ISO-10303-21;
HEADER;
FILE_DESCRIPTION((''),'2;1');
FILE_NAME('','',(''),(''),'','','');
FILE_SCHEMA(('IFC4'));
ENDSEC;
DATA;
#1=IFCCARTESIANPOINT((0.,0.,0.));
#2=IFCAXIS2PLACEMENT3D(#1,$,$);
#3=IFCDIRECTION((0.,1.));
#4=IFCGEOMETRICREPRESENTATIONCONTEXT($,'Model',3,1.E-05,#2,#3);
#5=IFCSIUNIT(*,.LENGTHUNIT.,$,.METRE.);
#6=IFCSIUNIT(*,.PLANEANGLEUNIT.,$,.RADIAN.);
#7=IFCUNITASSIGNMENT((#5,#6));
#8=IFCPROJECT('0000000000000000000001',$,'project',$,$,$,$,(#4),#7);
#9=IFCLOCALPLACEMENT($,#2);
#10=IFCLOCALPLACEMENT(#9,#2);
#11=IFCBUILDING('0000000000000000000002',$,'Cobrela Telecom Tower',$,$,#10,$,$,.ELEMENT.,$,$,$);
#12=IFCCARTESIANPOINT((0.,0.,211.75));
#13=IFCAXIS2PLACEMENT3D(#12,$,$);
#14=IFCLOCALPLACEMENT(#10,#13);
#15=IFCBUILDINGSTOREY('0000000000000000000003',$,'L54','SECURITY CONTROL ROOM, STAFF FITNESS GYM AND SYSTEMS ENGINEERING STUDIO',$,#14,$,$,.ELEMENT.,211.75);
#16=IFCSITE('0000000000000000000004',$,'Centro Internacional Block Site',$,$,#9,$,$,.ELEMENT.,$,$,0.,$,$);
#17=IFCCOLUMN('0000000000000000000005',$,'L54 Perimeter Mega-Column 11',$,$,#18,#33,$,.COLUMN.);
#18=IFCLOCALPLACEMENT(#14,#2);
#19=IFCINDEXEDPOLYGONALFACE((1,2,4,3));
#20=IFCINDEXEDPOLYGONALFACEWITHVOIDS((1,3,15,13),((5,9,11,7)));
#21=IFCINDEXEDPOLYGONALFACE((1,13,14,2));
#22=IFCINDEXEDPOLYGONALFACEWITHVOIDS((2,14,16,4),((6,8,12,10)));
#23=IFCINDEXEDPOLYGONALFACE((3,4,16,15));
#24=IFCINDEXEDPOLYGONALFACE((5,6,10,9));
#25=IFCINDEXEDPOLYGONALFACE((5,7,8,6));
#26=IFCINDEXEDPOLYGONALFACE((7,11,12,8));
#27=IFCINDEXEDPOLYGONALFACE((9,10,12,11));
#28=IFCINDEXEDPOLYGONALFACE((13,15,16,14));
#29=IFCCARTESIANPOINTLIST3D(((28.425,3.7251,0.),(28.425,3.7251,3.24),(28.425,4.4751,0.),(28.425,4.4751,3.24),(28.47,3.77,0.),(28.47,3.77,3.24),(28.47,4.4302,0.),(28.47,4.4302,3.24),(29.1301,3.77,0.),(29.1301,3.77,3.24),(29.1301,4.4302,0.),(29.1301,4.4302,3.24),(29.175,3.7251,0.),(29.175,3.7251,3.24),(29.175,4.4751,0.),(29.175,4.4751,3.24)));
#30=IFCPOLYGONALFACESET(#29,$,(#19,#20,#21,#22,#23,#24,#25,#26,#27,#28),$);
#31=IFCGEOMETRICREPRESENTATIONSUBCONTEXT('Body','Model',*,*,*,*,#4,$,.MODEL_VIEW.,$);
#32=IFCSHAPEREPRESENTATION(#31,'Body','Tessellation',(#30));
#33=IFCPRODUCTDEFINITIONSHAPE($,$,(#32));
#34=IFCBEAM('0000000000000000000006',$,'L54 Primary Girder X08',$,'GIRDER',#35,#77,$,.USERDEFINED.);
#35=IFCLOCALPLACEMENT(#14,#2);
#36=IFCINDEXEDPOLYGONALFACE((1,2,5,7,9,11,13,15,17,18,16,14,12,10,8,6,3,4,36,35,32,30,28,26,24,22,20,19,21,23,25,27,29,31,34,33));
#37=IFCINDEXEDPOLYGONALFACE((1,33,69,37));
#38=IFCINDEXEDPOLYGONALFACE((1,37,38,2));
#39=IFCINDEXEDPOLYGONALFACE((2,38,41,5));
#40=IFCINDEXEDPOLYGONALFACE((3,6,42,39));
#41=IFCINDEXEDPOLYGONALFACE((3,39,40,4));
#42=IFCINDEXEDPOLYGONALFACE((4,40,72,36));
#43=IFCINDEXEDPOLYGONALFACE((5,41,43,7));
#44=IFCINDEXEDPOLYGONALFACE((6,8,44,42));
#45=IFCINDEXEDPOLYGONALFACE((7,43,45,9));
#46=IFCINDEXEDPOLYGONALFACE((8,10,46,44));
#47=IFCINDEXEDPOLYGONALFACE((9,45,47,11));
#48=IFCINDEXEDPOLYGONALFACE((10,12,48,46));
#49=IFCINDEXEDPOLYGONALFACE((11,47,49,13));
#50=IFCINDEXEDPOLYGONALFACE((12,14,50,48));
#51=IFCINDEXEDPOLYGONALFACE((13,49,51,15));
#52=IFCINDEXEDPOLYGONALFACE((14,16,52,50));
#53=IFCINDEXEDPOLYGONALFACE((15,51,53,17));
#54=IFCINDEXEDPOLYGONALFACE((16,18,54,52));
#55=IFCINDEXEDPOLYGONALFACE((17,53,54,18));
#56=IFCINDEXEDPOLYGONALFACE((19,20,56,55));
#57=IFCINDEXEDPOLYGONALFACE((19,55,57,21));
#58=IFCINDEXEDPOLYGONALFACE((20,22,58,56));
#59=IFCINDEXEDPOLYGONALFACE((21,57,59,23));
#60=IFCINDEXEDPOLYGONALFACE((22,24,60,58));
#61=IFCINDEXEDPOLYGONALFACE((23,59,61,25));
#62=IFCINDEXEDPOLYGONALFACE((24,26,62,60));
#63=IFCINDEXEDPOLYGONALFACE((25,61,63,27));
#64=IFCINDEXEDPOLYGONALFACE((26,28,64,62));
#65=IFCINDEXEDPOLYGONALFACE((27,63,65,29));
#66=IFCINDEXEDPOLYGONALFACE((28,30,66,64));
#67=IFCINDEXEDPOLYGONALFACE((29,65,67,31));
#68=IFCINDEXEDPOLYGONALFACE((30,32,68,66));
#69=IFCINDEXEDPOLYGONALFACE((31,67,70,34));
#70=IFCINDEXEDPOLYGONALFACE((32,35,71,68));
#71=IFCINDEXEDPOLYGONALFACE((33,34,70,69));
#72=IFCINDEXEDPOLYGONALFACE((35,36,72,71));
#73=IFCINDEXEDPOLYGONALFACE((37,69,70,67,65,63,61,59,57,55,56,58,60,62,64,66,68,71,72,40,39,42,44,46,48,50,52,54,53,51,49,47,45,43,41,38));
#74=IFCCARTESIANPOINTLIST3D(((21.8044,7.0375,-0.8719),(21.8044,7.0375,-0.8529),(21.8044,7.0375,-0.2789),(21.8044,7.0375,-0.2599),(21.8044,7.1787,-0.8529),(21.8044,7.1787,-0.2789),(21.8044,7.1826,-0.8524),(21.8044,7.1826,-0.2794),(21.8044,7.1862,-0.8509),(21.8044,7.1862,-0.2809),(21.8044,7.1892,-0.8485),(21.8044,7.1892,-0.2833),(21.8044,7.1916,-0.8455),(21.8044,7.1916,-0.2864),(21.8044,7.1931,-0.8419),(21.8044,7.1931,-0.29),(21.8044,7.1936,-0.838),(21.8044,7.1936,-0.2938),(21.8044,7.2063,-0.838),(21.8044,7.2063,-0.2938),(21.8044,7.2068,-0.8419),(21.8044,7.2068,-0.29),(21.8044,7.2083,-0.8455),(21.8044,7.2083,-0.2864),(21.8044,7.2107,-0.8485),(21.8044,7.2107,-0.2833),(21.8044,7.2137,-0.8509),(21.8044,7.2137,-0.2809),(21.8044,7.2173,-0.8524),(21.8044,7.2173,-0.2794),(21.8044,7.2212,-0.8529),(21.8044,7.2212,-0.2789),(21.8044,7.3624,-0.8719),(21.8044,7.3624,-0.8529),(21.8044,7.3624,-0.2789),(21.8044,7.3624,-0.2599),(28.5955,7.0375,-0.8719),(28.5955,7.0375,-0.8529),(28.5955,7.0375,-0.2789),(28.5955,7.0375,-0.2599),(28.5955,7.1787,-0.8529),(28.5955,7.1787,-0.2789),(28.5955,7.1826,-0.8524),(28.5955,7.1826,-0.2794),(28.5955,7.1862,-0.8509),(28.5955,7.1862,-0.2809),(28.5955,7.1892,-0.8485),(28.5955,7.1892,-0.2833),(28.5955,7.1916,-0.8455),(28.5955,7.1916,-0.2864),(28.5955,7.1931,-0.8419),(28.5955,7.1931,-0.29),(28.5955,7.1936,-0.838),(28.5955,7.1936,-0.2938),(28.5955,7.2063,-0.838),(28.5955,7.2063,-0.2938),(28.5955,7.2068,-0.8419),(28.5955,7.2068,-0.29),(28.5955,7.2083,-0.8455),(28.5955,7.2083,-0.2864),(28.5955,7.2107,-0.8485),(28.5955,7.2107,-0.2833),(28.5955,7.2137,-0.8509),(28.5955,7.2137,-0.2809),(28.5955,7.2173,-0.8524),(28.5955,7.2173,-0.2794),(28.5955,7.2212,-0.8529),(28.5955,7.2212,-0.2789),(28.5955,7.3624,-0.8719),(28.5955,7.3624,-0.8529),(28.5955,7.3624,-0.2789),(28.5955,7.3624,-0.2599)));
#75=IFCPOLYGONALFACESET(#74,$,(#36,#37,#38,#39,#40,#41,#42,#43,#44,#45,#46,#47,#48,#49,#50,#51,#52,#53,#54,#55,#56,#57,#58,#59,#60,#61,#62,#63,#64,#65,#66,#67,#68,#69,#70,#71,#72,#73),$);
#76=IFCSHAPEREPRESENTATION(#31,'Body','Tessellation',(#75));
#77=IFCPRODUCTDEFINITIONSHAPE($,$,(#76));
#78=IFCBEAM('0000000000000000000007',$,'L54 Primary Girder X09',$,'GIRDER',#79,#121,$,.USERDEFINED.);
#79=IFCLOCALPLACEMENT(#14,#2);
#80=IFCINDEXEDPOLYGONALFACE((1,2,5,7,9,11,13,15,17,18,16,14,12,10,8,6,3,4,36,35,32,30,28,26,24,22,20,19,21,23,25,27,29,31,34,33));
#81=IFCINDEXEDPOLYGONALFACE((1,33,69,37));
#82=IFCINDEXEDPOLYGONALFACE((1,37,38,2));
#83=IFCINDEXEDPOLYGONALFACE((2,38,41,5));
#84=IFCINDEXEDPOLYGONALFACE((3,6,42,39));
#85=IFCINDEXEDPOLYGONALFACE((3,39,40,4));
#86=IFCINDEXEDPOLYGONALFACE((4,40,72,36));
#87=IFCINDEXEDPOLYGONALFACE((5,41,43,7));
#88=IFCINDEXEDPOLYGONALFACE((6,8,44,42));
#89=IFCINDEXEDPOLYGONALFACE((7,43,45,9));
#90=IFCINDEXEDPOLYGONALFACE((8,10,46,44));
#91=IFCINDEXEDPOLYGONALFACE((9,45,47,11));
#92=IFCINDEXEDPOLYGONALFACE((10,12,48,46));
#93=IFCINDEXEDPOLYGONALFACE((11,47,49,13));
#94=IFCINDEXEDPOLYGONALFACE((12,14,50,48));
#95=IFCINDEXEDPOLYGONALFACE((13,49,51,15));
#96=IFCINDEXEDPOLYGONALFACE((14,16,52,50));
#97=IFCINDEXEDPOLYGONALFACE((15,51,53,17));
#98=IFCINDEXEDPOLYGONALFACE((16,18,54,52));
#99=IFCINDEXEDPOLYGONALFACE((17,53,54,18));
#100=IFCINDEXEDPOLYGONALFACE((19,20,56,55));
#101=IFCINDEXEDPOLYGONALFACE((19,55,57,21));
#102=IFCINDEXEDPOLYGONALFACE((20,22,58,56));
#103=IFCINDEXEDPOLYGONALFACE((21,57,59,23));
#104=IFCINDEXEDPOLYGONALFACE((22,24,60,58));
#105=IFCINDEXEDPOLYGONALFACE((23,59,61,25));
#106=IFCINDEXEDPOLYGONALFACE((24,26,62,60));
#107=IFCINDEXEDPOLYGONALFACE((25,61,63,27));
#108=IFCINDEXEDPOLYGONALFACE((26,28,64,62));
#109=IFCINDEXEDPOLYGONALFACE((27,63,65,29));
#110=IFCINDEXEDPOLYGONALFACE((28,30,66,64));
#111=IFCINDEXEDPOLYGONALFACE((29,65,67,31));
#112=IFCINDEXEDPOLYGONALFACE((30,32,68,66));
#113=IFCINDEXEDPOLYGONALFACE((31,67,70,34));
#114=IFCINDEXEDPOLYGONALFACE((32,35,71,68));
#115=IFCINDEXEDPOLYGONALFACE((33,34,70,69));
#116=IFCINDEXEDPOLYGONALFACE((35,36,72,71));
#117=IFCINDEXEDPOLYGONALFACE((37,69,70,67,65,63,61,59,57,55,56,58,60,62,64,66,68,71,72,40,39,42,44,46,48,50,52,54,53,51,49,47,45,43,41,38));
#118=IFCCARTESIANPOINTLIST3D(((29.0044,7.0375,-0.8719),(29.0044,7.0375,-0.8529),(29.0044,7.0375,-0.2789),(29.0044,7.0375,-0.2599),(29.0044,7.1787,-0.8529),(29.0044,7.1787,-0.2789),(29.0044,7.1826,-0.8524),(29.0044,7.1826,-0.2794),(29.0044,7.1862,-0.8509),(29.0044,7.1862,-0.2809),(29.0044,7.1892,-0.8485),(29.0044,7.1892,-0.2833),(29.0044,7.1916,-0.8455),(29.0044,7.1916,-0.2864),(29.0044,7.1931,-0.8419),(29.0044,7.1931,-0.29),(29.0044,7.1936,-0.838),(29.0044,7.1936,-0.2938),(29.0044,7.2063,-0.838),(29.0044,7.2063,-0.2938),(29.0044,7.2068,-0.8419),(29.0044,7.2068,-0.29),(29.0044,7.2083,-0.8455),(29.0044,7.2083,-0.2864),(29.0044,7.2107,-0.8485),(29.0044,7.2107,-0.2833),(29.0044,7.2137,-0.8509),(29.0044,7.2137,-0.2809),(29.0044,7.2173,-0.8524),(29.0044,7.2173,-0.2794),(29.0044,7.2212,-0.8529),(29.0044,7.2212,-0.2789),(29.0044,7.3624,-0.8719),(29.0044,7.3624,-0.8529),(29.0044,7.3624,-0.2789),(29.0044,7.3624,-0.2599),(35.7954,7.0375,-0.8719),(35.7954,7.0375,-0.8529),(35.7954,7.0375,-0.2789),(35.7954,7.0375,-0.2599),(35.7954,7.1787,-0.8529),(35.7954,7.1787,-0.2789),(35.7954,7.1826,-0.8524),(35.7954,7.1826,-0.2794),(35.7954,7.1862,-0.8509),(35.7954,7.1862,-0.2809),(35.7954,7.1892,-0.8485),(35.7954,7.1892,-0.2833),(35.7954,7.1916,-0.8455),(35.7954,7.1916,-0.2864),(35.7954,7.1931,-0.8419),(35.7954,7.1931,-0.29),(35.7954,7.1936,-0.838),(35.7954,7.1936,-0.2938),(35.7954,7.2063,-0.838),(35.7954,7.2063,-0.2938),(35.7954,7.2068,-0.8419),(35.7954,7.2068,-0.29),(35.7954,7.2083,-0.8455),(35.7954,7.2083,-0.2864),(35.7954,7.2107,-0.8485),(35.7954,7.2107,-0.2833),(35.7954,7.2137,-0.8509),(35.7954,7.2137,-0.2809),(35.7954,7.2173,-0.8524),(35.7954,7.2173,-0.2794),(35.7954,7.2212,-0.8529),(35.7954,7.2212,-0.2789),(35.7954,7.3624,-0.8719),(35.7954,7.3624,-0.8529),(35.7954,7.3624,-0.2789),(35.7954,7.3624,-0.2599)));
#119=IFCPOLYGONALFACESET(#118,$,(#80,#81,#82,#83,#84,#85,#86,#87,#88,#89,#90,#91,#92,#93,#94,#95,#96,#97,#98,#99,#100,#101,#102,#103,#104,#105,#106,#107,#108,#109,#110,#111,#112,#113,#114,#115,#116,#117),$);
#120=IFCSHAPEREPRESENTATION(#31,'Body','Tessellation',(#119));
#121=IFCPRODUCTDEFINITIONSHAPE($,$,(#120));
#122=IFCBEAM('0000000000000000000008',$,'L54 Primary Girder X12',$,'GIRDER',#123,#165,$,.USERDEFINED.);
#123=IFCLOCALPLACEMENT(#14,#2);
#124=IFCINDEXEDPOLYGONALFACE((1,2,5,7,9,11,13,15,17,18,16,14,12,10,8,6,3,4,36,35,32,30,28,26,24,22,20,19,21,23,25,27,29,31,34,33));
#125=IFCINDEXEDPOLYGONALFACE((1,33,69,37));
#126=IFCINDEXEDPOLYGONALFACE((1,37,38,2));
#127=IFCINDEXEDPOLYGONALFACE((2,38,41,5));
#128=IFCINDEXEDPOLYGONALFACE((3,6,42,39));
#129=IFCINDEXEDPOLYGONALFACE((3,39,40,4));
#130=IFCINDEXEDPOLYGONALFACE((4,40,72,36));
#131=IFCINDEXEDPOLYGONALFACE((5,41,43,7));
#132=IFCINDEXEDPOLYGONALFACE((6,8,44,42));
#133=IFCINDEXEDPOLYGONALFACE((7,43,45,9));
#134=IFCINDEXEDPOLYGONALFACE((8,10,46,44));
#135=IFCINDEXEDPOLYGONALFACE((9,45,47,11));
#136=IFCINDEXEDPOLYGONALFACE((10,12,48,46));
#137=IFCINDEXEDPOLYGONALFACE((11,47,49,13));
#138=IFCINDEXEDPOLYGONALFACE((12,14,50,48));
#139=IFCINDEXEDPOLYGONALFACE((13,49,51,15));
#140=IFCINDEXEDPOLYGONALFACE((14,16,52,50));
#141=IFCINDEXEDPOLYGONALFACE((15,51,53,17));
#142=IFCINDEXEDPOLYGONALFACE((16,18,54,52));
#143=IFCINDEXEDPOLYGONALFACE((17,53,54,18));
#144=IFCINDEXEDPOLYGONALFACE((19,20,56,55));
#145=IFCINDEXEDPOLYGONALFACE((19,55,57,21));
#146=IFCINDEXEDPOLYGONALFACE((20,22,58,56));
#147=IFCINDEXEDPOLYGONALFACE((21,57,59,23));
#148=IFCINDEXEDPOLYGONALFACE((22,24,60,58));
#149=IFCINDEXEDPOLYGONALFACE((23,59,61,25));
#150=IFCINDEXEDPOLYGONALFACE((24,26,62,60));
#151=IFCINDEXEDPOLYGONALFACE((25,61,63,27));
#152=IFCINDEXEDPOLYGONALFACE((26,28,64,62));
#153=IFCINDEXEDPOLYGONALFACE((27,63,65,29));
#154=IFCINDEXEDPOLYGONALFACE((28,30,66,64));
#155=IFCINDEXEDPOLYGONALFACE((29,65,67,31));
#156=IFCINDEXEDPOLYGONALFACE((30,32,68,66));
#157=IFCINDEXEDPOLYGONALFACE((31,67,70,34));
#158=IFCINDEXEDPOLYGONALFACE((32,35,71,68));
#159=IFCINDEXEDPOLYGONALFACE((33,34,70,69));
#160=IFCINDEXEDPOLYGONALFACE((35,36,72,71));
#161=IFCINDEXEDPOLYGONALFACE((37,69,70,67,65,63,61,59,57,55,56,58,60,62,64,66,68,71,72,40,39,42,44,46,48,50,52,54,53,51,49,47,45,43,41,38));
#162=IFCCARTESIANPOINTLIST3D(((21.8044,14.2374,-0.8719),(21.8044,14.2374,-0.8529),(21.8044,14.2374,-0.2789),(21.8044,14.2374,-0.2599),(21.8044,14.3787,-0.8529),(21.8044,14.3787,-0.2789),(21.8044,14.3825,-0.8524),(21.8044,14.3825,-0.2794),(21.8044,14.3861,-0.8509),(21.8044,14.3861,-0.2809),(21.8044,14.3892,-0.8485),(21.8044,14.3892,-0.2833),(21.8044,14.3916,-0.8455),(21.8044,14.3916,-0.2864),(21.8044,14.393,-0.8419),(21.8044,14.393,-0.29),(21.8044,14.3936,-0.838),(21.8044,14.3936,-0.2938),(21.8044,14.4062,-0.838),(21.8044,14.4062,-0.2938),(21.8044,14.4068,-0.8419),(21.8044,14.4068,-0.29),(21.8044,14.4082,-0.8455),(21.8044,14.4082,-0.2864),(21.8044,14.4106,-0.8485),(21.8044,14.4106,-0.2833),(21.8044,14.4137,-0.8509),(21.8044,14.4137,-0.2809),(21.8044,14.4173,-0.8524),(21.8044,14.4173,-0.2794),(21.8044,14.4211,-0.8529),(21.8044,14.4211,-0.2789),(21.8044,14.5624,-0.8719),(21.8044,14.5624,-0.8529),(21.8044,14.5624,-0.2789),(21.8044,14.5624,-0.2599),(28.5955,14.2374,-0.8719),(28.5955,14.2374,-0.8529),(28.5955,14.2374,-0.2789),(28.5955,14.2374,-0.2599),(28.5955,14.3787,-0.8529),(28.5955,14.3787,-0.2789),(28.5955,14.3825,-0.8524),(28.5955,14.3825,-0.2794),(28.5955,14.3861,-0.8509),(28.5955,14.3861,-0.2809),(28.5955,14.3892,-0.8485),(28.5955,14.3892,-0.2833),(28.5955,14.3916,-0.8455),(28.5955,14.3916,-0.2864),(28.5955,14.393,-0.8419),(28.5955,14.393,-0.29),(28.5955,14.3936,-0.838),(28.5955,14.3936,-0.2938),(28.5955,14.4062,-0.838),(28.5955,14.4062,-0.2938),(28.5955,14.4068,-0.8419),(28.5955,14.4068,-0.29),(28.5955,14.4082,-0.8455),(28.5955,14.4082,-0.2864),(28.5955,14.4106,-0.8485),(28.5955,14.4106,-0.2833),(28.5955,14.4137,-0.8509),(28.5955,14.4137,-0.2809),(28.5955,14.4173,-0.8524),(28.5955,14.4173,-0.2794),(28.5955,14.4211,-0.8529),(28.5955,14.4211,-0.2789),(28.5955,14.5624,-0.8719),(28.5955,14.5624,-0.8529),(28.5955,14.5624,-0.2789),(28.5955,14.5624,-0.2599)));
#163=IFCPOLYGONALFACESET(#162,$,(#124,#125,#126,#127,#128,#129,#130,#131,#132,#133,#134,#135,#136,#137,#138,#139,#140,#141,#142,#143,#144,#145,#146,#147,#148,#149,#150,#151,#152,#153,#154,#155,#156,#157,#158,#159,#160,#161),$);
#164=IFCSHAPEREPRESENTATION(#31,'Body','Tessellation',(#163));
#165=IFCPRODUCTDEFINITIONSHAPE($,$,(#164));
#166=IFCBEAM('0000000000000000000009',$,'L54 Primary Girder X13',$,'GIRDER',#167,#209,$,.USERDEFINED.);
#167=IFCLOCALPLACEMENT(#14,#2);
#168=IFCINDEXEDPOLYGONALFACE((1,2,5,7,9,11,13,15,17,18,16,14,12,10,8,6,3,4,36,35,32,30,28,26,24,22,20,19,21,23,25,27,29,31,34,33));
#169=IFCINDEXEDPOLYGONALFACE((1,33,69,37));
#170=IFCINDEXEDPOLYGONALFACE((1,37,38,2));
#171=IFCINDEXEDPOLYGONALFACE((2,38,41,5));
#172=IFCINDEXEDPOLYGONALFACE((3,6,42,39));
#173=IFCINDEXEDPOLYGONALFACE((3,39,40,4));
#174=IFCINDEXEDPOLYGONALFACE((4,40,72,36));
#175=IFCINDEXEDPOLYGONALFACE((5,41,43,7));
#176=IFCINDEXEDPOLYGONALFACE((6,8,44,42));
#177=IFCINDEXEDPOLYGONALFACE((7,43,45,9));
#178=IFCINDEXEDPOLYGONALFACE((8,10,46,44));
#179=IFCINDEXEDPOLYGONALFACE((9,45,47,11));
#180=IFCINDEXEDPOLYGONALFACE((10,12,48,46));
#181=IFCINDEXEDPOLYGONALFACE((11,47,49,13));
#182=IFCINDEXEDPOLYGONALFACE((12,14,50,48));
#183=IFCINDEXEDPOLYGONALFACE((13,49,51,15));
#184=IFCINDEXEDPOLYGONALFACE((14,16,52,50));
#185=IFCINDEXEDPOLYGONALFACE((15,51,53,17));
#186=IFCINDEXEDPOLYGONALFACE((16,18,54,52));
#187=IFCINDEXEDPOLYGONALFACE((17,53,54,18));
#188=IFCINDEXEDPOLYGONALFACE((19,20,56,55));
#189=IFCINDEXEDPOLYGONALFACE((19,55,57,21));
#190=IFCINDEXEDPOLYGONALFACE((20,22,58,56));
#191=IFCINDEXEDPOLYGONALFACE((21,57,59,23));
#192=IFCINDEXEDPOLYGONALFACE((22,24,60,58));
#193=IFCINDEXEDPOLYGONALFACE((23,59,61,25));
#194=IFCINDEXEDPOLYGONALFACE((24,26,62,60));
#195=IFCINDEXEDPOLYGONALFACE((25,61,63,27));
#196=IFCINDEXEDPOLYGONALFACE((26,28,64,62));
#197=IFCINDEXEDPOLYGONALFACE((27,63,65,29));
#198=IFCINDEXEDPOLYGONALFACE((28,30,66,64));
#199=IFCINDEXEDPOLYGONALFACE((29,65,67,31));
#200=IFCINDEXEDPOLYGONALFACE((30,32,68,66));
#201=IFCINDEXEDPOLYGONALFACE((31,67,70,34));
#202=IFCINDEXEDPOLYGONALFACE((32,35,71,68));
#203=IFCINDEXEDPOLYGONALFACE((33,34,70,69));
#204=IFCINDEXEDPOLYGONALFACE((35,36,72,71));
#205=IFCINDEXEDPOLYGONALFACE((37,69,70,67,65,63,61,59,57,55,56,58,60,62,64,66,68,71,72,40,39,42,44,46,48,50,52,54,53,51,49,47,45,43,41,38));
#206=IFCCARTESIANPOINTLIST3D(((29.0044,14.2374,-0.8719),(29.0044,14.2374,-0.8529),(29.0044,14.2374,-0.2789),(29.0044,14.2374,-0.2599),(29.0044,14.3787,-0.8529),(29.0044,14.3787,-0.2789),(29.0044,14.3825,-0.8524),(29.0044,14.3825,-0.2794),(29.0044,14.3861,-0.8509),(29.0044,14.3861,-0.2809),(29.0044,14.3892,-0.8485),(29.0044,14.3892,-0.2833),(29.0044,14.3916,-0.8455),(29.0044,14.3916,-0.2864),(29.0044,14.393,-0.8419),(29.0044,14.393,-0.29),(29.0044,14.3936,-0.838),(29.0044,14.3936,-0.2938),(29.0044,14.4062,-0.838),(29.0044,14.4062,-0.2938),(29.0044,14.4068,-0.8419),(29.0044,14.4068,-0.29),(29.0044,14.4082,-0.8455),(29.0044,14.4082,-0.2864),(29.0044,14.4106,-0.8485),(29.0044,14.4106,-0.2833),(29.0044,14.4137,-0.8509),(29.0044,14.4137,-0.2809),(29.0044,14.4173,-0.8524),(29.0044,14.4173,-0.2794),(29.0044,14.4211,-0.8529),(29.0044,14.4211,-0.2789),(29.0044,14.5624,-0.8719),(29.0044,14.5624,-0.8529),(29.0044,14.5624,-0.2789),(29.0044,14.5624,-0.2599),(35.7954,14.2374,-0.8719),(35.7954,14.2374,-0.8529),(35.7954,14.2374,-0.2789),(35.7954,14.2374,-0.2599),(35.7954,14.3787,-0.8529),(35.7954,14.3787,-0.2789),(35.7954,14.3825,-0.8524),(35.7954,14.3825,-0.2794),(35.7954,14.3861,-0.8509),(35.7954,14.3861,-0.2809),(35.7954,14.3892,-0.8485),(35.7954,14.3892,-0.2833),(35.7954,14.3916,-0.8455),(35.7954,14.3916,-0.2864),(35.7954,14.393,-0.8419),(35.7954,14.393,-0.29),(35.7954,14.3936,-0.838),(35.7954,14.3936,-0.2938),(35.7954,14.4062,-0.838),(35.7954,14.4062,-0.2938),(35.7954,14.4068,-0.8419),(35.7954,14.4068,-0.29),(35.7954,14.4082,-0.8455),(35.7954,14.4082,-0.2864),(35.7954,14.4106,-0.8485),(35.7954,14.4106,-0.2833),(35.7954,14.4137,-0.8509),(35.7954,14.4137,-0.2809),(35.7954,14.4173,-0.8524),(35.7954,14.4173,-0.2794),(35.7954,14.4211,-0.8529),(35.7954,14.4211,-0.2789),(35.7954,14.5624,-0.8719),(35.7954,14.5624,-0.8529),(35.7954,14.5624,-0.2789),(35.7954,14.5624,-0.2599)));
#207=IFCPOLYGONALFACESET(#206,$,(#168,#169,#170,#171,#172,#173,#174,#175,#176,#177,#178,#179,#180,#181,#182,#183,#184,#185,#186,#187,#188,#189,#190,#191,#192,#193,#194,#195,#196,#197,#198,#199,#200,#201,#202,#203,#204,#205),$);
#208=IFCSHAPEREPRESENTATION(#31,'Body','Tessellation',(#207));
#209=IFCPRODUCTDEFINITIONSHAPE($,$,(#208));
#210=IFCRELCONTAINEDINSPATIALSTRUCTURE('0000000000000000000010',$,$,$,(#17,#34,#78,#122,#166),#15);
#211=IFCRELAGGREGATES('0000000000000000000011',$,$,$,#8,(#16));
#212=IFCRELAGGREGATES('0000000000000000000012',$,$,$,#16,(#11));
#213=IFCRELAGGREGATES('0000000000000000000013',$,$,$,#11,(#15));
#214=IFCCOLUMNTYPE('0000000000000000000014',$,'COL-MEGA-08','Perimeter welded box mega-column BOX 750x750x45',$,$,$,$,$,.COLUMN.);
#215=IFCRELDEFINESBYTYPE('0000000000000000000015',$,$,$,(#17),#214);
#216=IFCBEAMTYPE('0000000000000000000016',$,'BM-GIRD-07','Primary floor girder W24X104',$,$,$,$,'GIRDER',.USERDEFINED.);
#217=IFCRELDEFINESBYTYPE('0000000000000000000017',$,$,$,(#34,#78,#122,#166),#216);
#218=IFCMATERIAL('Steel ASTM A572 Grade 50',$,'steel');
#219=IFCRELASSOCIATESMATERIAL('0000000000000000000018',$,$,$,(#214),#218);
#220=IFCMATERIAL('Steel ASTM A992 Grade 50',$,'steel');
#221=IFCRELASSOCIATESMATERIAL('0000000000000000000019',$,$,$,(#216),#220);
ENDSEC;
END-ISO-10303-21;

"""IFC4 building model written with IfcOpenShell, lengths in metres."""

from ifc_helpers import new_model, si_unit, direction, frame, origin, origin_2d, place, context, subcontext, project, spatial, hollow_rectangle, i_section, extrude, material, material_profile, profile_set, type_object, element, save


model = new_model("IFC4")

# Units and contexts
model_context = context("Model", 3, precision=1e-05, world=origin(), true_north=direction((0.0, 1.0)))
body_context = subcontext(model_context, "Body", "Model", "MODEL_VIEW")
ifc_project = project(units=[si_unit("LENGTHUNIT", "METRE"), si_unit("PLANEANGLEUNIT", "RADIAN")], contexts=[model_context])

# Site, building, storey
site_placement = place(None, origin())
site = spatial("IfcSite", under=ifc_project, at=site_placement, Name="Centro Internacional Block Site", CompositionType="ELEMENT", RefElevation=0.0)
building_placement = place(site_placement, origin())
building = spatial("IfcBuilding", under=site, at=building_placement, Name="Cobrela Telecom Tower", CompositionType="ELEMENT")
storey_placement = place(building_placement, frame((0.0, 0.0, 211.75)))
storey = spatial("IfcBuildingStorey", under=building, at=storey_placement, Name="L54", Description="SECURITY CONTROL ROOM, STAFF FITNESS GYM AND SYSTEMS ENGINEERING STUDIO", CompositionType="ELEMENT", Elevation=211.75)

# Column
ifc_material_1 = material(Name="Steel ASTM A992 Grade 50", Category="steel")
ifc_material_2 = material(Name="Steel ASTM A572 Grade 50", Category="steel")
ifc_material_profile_1 = material_profile(ifc_material_2, hollow_rectangle(XDim=0.75, YDim=0.75, WallThickness=0.0449, at=origin_2d()), Name="BOX 750x750x45")
ifc_profile_set_1 = profile_set([ifc_material_profile_1], Name="Steel ASTM A572 Grade 50")
column_type_1 = type_object("IfcColumnType", Name="COL-MEGA-08", Description="Perimeter welded box mega-column BOX 750x750x45", PredefinedType="COLUMN", material=ifc_profile_set_1)
for number, where, z_axis, x_axis, name in (
    (1, (28.8, 4.1001, 0.0), (0.0, 0.0, 1.0), (1.0, 0.0, 0.0), "L54 Perimeter Mega-Column 11"),
):
    element("IfcColumn", number, at=place(storey_placement, frame(where, z_axis=z_axis, x_axis=x_axis)), inside=storey, type_object=column_type_1, Name=name, PredefinedType="COLUMN", context=body_context, shape_type="SweptSolid", body=[
        extrude(hollow_rectangle(XDim=0.75, YDim=0.75, WallThickness=0.0449, at=origin_2d()), origin(), (0.0, 0.0, 1.0), 3.24),
    ])

# Beams
ifc_material_profile_2 = material_profile(ifc_material_1, i_section(OverallWidth=0.325, OverallDepth=0.6121, WebThickness=0.0127, FlangeThickness=0.019, FilletRadius=0.0149, at=origin_2d()), Name="W24X104")
ifc_profile_set_2 = profile_set([ifc_material_profile_2], Name="Steel ASTM A992 Grade 50")
beam_type_1 = type_object("IfcBeamType", Name="BM-GIRD-07", Description="Primary floor girder W24X104", ElementType="GIRDER", PredefinedType="USERDEFINED", material=ifc_profile_set_2)
for number, where, z_axis, x_axis, name in (
    (2, (21.8044, 7.2, -0.5659), (1.0, 0.0, 0.0), (0.0, 1.0, 0.0), "L54 Primary Girder X08"),
    (3, (29.0044, 7.2, -0.5659), (1.0, 0.0, 0.0), (0.0, 1.0, 0.0), "L54 Primary Girder X09"),
    (4, (21.8044, 14.3999, -0.5659), (1.0, 0.0, 0.0), (0.0, 1.0, 0.0), "L54 Primary Girder X12"),
    (5, (29.0044, 14.3999, -0.5659), (1.0, 0.0, 0.0), (0.0, 1.0, 0.0), "L54 Primary Girder X13"),
):
    element("IfcBeam", number, at=place(storey_placement, frame(where, z_axis=z_axis, x_axis=x_axis)), inside=storey, type_object=beam_type_1, Name=name, ObjectType="GIRDER", PredefinedType="USERDEFINED", context=body_context, shape_type="SweptSolid", body=[
        extrude(i_section(OverallWidth=0.325, OverallDepth=0.6121, WebThickness=0.0127, FlangeThickness=0.019, FilletRadius=0.0149, at=origin_2d()), origin(), (0.0, 0.0, 1.0), 6.791),
    ])

save(model, "model.ifc")
